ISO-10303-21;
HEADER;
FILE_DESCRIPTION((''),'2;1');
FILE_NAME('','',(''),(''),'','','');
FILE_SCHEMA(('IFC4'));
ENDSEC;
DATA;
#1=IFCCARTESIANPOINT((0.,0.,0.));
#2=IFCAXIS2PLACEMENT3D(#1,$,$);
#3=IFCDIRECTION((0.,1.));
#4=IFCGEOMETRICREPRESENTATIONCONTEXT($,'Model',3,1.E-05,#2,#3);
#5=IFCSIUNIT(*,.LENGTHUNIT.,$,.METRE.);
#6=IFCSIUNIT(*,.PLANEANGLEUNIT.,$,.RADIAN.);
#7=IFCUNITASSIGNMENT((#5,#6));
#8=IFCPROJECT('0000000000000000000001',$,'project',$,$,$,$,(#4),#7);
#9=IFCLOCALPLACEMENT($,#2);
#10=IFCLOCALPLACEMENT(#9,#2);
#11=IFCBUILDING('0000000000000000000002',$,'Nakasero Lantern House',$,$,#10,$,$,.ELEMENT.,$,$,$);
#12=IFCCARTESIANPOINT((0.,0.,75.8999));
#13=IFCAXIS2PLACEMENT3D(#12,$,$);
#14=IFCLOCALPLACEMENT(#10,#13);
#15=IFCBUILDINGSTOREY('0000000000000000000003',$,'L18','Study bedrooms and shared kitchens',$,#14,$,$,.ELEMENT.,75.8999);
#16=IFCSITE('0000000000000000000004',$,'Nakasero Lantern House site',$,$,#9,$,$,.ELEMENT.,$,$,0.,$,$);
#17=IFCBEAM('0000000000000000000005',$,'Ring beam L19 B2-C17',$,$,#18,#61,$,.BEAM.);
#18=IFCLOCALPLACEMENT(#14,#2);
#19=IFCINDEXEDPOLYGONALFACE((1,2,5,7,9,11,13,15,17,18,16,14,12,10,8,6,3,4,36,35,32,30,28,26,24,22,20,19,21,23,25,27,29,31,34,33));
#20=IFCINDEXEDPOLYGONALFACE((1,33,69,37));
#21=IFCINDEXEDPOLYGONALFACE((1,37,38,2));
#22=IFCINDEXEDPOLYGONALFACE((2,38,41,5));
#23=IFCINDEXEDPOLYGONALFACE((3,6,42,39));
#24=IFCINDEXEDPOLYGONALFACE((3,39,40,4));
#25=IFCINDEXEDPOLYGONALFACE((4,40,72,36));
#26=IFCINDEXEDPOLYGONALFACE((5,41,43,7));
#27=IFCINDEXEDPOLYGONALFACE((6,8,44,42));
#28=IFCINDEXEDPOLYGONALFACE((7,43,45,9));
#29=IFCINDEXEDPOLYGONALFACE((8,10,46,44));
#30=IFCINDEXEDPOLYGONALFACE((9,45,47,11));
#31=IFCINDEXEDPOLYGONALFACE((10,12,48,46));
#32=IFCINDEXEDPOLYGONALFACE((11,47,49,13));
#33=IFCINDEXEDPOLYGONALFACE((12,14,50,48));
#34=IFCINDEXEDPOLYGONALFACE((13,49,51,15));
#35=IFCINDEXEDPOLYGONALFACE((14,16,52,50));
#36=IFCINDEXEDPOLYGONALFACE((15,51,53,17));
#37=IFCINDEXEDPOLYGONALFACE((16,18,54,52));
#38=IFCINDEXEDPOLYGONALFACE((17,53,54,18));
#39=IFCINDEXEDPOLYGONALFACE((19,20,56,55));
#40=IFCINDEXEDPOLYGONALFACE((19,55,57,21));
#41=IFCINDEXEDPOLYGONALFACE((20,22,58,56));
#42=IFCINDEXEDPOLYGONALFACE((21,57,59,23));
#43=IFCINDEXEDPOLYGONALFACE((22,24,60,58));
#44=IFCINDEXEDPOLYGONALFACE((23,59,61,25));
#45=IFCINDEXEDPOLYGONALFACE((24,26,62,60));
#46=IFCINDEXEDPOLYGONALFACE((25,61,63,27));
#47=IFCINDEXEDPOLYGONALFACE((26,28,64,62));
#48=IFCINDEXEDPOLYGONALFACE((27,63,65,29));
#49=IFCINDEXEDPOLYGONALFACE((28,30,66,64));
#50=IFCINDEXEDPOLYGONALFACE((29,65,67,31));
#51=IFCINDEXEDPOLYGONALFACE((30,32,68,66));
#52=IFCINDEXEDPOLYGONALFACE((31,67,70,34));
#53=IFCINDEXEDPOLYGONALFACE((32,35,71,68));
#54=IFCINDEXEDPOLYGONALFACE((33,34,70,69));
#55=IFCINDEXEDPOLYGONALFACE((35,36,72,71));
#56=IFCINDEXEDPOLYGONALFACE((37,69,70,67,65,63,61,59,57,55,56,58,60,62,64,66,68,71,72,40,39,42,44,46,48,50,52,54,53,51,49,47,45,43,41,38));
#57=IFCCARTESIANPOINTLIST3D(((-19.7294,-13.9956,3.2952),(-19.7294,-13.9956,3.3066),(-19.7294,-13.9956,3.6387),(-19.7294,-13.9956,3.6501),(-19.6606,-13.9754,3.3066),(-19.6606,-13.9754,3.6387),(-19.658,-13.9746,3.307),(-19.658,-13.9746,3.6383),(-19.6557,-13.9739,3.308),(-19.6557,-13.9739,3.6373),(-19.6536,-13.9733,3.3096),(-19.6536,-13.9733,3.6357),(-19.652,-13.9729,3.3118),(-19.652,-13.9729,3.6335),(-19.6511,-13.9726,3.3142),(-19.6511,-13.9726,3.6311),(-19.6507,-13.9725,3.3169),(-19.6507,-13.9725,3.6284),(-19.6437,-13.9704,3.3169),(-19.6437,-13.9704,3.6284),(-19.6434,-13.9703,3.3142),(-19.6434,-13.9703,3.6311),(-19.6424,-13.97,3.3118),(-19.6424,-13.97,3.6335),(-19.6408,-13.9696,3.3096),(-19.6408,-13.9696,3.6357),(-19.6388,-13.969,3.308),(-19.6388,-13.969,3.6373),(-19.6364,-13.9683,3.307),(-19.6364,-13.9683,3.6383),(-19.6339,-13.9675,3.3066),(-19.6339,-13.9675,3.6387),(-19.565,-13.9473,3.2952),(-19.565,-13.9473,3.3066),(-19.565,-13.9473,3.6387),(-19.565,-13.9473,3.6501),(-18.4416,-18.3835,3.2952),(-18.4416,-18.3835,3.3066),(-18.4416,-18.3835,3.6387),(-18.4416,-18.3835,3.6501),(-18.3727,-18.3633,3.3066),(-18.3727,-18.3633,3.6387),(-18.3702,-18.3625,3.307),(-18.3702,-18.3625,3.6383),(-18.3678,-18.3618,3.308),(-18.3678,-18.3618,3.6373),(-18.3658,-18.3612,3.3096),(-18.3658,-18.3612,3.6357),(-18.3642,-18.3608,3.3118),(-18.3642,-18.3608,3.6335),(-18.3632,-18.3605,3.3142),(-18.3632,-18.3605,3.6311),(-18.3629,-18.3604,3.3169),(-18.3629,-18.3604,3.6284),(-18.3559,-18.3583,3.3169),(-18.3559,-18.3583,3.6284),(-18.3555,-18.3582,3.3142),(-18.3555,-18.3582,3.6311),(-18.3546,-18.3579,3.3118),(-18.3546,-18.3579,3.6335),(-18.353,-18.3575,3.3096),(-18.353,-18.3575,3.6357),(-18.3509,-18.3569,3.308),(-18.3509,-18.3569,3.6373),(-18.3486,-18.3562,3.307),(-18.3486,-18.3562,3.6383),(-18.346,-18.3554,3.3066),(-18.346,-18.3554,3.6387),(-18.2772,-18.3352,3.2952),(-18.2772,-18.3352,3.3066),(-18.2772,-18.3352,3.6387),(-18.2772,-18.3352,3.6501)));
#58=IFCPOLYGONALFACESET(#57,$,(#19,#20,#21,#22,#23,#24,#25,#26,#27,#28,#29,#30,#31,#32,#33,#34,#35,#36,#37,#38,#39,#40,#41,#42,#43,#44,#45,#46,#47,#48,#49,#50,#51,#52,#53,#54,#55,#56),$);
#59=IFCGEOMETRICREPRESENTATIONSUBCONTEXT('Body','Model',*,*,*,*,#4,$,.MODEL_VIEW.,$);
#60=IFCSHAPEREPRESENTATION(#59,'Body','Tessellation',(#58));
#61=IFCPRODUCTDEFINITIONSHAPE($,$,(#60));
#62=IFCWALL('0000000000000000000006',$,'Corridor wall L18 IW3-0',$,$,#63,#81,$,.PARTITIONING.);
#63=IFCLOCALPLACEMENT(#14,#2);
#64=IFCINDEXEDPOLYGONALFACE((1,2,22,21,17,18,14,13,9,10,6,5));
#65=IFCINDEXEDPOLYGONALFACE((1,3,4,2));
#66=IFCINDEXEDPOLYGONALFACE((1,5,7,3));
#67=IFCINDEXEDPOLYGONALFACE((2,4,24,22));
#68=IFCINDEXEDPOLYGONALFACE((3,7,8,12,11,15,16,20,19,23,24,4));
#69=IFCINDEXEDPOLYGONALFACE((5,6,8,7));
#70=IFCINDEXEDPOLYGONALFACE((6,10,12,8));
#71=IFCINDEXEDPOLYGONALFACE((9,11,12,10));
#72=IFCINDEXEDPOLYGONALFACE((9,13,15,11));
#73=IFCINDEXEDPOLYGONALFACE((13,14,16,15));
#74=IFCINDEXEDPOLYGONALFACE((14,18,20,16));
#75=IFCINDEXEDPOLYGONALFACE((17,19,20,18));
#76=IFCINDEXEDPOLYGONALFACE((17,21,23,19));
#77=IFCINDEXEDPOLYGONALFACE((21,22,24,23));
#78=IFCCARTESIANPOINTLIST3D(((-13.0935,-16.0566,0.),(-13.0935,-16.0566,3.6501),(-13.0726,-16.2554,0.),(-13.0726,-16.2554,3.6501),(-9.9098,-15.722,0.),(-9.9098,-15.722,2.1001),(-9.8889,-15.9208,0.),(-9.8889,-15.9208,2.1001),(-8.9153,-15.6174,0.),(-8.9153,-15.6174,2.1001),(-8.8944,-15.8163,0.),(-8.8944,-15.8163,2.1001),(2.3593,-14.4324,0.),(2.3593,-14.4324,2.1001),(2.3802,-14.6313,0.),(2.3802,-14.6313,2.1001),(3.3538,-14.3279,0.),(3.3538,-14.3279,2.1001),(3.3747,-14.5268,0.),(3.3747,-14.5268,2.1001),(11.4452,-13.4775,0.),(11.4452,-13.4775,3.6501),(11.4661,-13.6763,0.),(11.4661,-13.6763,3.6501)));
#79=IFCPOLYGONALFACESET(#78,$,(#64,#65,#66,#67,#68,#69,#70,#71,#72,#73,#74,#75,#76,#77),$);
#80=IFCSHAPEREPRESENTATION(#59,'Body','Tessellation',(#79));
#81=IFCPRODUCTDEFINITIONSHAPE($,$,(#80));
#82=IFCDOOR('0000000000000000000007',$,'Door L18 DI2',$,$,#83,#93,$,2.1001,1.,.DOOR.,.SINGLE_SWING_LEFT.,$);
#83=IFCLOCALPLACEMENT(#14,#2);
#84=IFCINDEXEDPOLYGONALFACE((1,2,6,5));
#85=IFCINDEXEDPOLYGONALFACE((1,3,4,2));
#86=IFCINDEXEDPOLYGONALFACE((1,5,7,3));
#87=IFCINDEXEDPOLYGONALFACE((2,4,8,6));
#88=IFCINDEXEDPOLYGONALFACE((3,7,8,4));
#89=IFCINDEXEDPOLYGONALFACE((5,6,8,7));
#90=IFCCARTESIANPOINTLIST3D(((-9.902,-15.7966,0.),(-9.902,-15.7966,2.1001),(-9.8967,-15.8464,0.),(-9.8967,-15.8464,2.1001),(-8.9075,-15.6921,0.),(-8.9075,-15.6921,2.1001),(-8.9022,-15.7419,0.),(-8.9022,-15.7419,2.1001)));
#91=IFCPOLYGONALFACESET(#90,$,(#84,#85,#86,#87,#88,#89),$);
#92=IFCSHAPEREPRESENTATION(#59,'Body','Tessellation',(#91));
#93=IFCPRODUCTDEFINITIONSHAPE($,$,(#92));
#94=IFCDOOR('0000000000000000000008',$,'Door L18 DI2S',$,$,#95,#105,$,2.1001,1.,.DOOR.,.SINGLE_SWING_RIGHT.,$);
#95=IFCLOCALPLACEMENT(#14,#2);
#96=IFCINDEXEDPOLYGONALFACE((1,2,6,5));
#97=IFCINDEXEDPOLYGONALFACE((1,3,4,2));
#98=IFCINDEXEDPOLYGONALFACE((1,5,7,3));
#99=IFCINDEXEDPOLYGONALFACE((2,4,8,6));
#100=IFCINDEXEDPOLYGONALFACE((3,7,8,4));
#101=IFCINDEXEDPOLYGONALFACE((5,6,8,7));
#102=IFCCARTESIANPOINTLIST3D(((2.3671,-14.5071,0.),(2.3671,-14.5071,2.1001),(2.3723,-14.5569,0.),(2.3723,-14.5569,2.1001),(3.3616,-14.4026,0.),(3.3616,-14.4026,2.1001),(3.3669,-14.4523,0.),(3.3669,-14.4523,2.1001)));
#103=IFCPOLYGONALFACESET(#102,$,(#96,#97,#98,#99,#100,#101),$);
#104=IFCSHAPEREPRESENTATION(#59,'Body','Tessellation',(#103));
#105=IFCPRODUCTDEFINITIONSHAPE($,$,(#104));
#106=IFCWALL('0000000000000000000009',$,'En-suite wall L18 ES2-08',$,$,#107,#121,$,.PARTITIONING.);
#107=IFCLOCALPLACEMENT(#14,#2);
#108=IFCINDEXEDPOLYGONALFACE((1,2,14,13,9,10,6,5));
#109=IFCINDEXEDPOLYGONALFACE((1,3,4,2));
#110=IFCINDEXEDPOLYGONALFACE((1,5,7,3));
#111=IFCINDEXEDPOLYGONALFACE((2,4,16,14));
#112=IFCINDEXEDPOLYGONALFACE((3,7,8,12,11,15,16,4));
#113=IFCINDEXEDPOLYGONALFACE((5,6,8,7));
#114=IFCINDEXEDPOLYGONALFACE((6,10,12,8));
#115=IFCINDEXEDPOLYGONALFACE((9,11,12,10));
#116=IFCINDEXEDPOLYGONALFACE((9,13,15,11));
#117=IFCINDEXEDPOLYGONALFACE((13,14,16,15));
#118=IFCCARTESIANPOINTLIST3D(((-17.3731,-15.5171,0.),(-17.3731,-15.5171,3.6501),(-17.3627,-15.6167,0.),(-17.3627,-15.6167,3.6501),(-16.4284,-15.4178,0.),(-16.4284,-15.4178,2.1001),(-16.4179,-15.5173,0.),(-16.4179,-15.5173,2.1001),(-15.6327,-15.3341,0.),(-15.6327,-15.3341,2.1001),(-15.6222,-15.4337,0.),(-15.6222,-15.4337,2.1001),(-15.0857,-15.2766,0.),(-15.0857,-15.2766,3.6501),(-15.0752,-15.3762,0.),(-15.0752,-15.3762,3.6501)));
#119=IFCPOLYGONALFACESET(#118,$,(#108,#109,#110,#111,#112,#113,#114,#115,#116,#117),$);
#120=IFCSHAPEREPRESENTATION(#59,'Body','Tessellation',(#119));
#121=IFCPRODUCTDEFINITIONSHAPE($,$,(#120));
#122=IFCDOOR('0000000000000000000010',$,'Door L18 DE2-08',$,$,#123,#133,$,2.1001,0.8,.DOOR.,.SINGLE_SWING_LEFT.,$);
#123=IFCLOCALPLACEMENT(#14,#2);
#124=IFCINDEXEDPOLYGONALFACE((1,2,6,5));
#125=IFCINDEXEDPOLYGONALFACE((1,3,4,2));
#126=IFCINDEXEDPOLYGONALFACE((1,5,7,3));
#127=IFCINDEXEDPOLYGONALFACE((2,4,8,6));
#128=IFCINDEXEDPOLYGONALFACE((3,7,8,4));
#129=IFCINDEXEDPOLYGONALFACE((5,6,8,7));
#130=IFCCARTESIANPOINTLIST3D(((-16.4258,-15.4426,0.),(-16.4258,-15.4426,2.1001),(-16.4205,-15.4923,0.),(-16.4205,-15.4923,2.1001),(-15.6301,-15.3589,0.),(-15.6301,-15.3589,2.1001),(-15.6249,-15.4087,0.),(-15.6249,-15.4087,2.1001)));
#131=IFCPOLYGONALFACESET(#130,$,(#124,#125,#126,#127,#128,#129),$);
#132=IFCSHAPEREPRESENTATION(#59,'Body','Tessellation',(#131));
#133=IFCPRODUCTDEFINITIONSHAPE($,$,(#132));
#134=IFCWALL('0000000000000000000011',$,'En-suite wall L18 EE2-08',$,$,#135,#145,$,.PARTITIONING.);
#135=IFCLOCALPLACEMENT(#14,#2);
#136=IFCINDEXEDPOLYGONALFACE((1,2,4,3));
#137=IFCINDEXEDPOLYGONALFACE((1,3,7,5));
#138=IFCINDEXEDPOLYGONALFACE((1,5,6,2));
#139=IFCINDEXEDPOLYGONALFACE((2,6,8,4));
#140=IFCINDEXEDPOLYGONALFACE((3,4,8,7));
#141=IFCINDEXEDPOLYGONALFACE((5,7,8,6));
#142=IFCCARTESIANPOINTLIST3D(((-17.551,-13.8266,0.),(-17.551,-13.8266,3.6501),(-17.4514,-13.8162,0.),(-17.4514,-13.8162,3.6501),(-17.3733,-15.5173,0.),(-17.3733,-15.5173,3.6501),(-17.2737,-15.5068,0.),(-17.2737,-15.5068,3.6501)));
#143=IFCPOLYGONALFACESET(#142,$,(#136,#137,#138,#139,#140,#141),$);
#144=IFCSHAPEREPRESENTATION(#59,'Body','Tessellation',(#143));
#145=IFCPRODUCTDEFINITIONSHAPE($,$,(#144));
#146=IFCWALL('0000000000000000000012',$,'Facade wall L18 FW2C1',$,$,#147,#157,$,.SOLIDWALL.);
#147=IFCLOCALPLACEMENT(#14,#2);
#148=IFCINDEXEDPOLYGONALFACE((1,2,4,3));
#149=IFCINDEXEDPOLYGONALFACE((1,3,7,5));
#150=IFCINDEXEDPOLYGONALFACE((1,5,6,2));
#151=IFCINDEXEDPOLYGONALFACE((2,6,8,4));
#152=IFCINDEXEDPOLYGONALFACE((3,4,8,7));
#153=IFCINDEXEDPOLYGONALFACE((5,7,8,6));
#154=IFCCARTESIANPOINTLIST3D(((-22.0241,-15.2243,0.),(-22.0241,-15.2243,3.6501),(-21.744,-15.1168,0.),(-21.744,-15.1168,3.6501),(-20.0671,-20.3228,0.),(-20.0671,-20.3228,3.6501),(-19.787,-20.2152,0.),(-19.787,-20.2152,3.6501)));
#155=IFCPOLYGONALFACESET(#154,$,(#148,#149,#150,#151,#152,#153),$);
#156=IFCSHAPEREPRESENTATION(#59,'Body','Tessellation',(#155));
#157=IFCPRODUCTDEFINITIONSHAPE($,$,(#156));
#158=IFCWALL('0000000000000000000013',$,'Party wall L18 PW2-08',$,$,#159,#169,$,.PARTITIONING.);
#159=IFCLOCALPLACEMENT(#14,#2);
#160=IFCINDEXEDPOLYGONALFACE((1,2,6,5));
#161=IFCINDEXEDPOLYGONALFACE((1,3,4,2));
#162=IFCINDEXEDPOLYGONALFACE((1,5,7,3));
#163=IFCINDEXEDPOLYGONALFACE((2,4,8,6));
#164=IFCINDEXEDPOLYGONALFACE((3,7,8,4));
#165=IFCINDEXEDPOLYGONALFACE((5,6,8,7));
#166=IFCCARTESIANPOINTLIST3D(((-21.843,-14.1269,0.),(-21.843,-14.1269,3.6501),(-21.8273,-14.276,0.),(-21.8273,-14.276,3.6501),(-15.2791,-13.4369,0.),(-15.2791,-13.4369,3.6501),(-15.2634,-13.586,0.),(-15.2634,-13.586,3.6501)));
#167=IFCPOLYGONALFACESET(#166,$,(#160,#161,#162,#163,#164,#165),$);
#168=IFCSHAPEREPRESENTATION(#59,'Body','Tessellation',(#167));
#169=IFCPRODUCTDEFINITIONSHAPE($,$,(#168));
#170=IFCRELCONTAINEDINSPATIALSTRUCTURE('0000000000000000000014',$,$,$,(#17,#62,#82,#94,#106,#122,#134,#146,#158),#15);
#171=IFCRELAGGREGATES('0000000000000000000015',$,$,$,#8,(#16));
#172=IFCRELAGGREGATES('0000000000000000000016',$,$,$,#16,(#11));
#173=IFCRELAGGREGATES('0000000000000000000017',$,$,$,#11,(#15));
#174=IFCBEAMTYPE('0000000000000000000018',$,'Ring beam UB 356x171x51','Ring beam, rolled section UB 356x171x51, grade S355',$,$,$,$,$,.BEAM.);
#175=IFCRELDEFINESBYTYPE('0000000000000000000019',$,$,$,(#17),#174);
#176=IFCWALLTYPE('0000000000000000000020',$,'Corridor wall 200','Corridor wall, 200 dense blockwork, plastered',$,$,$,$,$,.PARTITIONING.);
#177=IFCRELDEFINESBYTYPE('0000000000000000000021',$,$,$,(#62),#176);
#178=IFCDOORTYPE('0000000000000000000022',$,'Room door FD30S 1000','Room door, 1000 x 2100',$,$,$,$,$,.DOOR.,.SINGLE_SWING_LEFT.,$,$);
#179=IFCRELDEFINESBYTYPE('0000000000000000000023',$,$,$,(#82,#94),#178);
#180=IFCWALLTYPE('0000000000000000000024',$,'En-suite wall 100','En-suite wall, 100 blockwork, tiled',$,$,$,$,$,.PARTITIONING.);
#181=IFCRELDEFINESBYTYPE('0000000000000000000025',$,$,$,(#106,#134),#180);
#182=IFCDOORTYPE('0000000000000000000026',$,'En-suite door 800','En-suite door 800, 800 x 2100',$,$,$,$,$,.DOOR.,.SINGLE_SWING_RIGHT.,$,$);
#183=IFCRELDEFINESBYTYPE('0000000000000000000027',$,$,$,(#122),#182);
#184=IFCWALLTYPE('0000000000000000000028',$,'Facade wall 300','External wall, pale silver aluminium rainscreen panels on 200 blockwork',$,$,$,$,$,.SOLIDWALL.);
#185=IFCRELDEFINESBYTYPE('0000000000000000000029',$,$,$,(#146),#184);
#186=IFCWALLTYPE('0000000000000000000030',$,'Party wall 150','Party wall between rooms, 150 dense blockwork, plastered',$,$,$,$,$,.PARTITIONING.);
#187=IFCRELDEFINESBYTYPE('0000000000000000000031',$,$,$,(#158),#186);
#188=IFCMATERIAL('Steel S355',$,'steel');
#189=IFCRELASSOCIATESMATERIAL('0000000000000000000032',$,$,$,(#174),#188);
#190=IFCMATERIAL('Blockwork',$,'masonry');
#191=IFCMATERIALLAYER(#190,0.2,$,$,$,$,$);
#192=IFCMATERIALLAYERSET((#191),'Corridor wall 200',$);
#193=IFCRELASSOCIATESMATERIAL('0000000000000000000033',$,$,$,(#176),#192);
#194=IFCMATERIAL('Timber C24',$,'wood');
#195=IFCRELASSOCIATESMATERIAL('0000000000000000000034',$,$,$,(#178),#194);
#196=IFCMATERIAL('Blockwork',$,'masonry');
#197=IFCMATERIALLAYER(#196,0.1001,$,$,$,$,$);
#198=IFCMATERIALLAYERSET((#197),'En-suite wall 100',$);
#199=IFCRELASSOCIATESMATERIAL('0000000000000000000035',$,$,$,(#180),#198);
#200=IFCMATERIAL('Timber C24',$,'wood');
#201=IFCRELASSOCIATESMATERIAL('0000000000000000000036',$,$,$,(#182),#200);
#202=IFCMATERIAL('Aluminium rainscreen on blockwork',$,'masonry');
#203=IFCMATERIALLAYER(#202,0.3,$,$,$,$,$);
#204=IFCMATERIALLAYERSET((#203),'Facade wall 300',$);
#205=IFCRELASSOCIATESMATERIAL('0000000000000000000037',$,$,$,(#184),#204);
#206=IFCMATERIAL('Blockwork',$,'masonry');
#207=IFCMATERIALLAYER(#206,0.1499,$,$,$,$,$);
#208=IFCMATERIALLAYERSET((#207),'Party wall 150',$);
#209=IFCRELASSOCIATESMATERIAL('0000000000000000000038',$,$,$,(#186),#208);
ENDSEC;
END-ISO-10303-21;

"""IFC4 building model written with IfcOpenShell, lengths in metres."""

from ifc_helpers import new_model, si_unit, direction, frame, frame_2d, origin, origin_2d, place, context, subcontext, project, spatial, rectangle, i_section, extrude, material, layer, layer_set, material_profile, profile_set, type_object, element, fill, save


model = new_model("IFC4")

# Units and contexts
model_context = context("Model", 3, precision=1e-05, world=origin(), true_north=direction((0.0, 1.0)))
body_context = subcontext(model_context, "Body", "Model", "MODEL_VIEW")
ifc_project = project(units=[si_unit("LENGTHUNIT", "METRE"), si_unit("PLANEANGLEUNIT", "RADIAN")], contexts=[model_context])

# Site, building, storey
site_placement = place(None, origin())
site = spatial("IfcSite", under=ifc_project, at=site_placement, Name="Nakasero Lantern House site", CompositionType="ELEMENT", RefElevation=0.0)
building_placement = place(site_placement, origin())
building = spatial("IfcBuilding", under=site, at=building_placement, Name="Nakasero Lantern House", CompositionType="ELEMENT")
storey_placement = place(building_placement, frame((0.0, 0.0, 75.8999)))
storey = spatial("IfcBuildingStorey", under=building, at=storey_placement, Name="L18", Description="Study bedrooms and shared kitchens", CompositionType="ELEMENT", Elevation=75.8999)

# Beam
ifc_material_1 = material(Name="Steel S355", Category="steel")
ifc_material_profile_1 = material_profile(ifc_material_1, i_section(OverallWidth=0.1714, OverallDepth=0.355, WebThickness=0.0073, FlangeThickness=0.0115, FilletRadius=0.0103, at=origin_2d()), Name="UB 356x171x51")
ifc_profile_set_1 = profile_set([ifc_material_profile_1], Name="Steel S355")
beam_type_1 = type_object("IfcBeamType", Name="Ring beam UB 356x171x51", Description="Ring beam, rolled section UB 356x171x51, grade S355", PredefinedType="BEAM", material=ifc_profile_set_1)
beam_1_placement = place(storey_placement, frame((-19.6472, -13.9714, 3.4727), z_axis=(0.281617, -0.959527, 0.0), x_axis=(0.959527, 0.281617, 0.0)))
element("IfcBeam", 1, at=beam_1_placement, inside=storey, type_object=beam_type_1, Name="Ring beam L19 B2-C17", PredefinedType="BEAM", context=body_context, shape_type="SweptSolid", body=[
    extrude(i_section(OverallWidth=0.1714, OverallDepth=0.355, WebThickness=0.0073, FlangeThickness=0.0115, FilletRadius=0.0103, at=origin_2d()), origin(), (0.0, 0.0, 1.0), 4.573),
])

# Wall, openings, doors
ifc_material_2 = material(Name="Blockwork", Category="masonry")
ifc_layer_1 = layer(ifc_material_2, 0.2)
ifc_layer_set_1 = layer_set([ifc_layer_1], Name="Corridor wall 200")
wall_type_1 = type_object("IfcWallType", Name="Corridor wall 200", Description="Corridor wall, 200 dense blockwork, plastered", PredefinedType="PARTITIONING", material=ifc_layer_set_1)
wall_1_placement = place(storey_placement, frame((-13.083, -16.156, 0.0), z_axis=(0.0, 0.0, 1.0), x_axis=(0.994522, 0.104528, 0.0)))
wall_1 = element("IfcWall", 2, at=wall_1_placement, inside=storey, type_object=wall_type_1, Name="Corridor wall L18 IW3-0", PredefinedType="PARTITIONING", context=body_context, shape_type="SweptSolid", body=[
    extrude(rectangle(XDim=24.6738, YDim=0.2, at=frame_2d((12.3369, 0.0))), origin(), (0.0, 0.0, 1.0), 3.6501),
])
opening_1_placement = place(wall_1_placement, frame((3.2012, 0.0, 0.0)))
opening_1 = element("IfcOpeningElement", 3, at=opening_1_placement, cuts=wall_1, PredefinedType="OPENING", context=body_context, shape_type="SweptSolid", body=[
    extrude(rectangle(XDim=1.0, YDim=2.1001, at=frame_2d((0.5, 1.05))), frame((0.0, 0.1199, 0.0), z_axis=(0.0, -1.0, 0.0), x_axis=(1.0, 0.0, 0.0)), (0.0, 0.0, 1.0), 0.24),
])
opening_2_placement = place(wall_1_placement, frame((15.5378, 0.0, 0.0)))
opening_2 = element("IfcOpeningElement", 4, at=opening_2_placement, cuts=wall_1, PredefinedType="OPENING", context=body_context, shape_type="SweptSolid", body=[
    extrude(rectangle(XDim=1.0, YDim=2.1001, at=frame_2d((0.5, 1.05))), frame((0.0, 0.1199, 0.0), z_axis=(0.0, -1.0, 0.0), x_axis=(1.0, 0.0, 0.0)), (0.0, 0.0, 1.0), 0.24),
])
ifc_material_3 = material(Name="Timber C24", Category="wood")
door_type_1 = type_object("IfcDoorType", Name="Room door FD30S 1000", Description="Room door, 1000 x 2100", OperationType="SINGLE_SWING_LEFT", PredefinedType="DOOR", material=ifc_material_3)
door_1_placement = place(opening_1_placement, origin())
door_1 = element("IfcDoor", 5, at=door_1_placement, inside=storey, type_object=door_type_1, Name="Door L18 DI2", OperationType="SINGLE_SWING_LEFT", OverallHeight=2.1001, OverallWidth=1.0, PredefinedType="DOOR", context=body_context, shape_type="SweptSolid", body=[
    extrude(rectangle(XDim=1.0, YDim=2.1001, at=frame_2d((0.5, 1.05))), frame((0.0, 0.0249, 0.0), z_axis=(0.0, -1.0, 0.0), x_axis=(1.0, 0.0, 0.0)), (0.0, 0.0, 1.0), 0.05),
])
fill(opening_1, door_1)
door_2_placement = place(opening_2_placement, origin())
door_2 = element("IfcDoor", 6, at=door_2_placement, inside=storey, type_object=door_type_1, Name="Door L18 DI2S", OperationType="SINGLE_SWING_RIGHT", OverallHeight=2.1001, OverallWidth=1.0, PredefinedType="DOOR", context=body_context, shape_type="SweptSolid", body=[
    extrude(rectangle(XDim=1.0, YDim=2.1001, at=frame_2d((0.5, 1.05))), frame((0.0, 0.0249, 0.0), z_axis=(0.0, -1.0, 0.0), x_axis=(1.0, 0.0, 0.0)), (0.0, 0.0, 1.0), 0.05),
])
fill(opening_2, door_2)

# Wall, opening, door
ifc_material_4 = material(Name="Blockwork", Category="masonry")
ifc_layer_2 = layer(ifc_material_4, 0.1001)
ifc_layer_set_2 = layer_set([ifc_layer_2], Name="En-suite wall 100")
wall_type_2 = type_object("IfcWallType", Name="En-suite wall 100", Description="En-suite wall, 100 blockwork, tiled", PredefinedType="PARTITIONING", material=ifc_layer_set_2)
wall_2_placement = place(storey_placement, frame((-15.0806, -15.3264, 0.0), z_axis=(0.0, 0.0, 1.0), x_axis=(-0.994519, -0.104558, 0.0)))
wall_2 = element("IfcWall", 7, at=wall_2_placement, inside=storey, type_object=wall_type_2, Name="En-suite wall L18 ES2-08", PredefinedType="PARTITIONING", context=body_context, shape_type="SweptSolid", body=[
    extrude(rectangle(XDim=2.3, YDim=0.1001, at=frame_2d((1.1499, 0.0))), origin(), (0.0, 0.0, 1.0), 3.6501),
])
opening_3_placement = place(wall_2_placement, frame((0.55, 0.0, 0.0)))
opening_3 = element("IfcOpeningElement", 8, at=opening_3_placement, cuts=wall_2, PredefinedType="OPENING", context=body_context, shape_type="SweptSolid", body=[
    extrude(rectangle(XDim=0.8, YDim=2.1001, at=frame_2d((0.3999, 1.05))), frame((0.0, 0.0701, 0.0), z_axis=(0.0, -1.0, 0.0), x_axis=(1.0, 0.0, 0.0)), (0.0, 0.0, 1.0), 0.1401),
])
ifc_material_5 = material(Name="Timber C24", Category="wood")
door_type_2 = type_object("IfcDoorType", Name="En-suite door 800", Description="En-suite door 800, 800 x 2100", OperationType="SINGLE_SWING_RIGHT", PredefinedType="DOOR", material=ifc_material_5)
door_3_placement = place(opening_3_placement, origin())
door_3 = element("IfcDoor", 9, at=door_3_placement, inside=storey, type_object=door_type_2, Name="Door L18 DE2-08", OperationType="SINGLE_SWING_LEFT", OverallHeight=2.1001, OverallWidth=0.8, PredefinedType="DOOR", context=body_context, shape_type="SweptSolid", body=[
    extrude(rectangle(XDim=0.8, YDim=2.1001, at=frame_2d((0.3999, 1.05))), frame((0.0, 0.0249, 0.0), z_axis=(0.0, -1.0, 0.0), x_axis=(1.0, 0.0, 0.0)), (0.0, 0.0, 1.0), 0.05),
])
fill(opening_3, door_3)

# Walls
wall_3_placement = place(storey_placement, frame((-17.5012, -13.8213, 0.0), z_axis=(0.0, 0.0, 1.0), x_axis=(0.10455, -0.99452, 0.0)))
element("IfcWall", 10, at=wall_3_placement, inside=storey, type_object=wall_type_2, Name="En-suite wall L18 EE2-08", PredefinedType="PARTITIONING", context=body_context, shape_type="SweptSolid", body=[
    extrude(rectangle(XDim=1.7, YDim=0.1001, at=frame_2d((0.8501, 0.0))), origin(), (0.0, 0.0, 1.0), 3.6501),
])
ifc_material_6 = material(Name="Aluminium rainscreen on blockwork", Category="masonry")
ifc_layer_3 = layer(ifc_material_6, 0.3)
ifc_layer_set_3 = layer_set([ifc_layer_3], Name="Facade wall 300")
wall_type_3 = type_object("IfcWallType", Name="Facade wall 300", Description="External wall, pale silver aluminium rainscreen panels on 200 blockwork", PredefinedType="SOLIDWALL", material=ifc_layer_set_3)
wall_4_placement = place(storey_placement, frame((-21.884, -15.1707, 0.0), z_axis=(0.0, 0.0, 1.0), x_axis=(0.358359, -0.933584, 0.0)))
element("IfcWall", 11, at=wall_4_placement, inside=storey, type_object=wall_type_3, Name="Facade wall L18 FW2C1", PredefinedType="SOLIDWALL", context=body_context, shape_type="SweptSolid", body=[
    extrude(rectangle(XDim=5.4612, YDim=0.3, at=frame_2d((2.7305, 0.0))), origin(), (0.0, 0.0, 1.0), 3.6501),
])
ifc_material_7 = material(Name="Blockwork", Category="masonry")
ifc_layer_4 = layer(ifc_material_7, 0.1499)
ifc_layer_set_4 = layer_set([ifc_layer_4], Name="Party wall 150")
wall_type_4 = type_object("IfcWallType", Name="Party wall 150", Description="Party wall between rooms, 150 dense blockwork, plastered", PredefinedType="PARTITIONING", material=ifc_layer_set_4)
wall_5_placement = place(storey_placement, frame((-15.2712, -13.5115, 0.0), z_axis=(0.0, 0.0, 1.0), x_axis=(-0.994521, -0.104535, 0.0)))
element("IfcWall", 12, at=wall_5_placement, inside=storey, type_object=wall_type_4, Name="Party wall L18 PW2-08", PredefinedType="PARTITIONING", context=body_context, shape_type="SweptSolid", body=[
    extrude(rectangle(XDim=6.6001, YDim=0.1499, at=frame_2d((3.3, 0.0))), origin(), (0.0, 0.0, 1.0), 3.6501),
])

save(model, "model.ifc")
